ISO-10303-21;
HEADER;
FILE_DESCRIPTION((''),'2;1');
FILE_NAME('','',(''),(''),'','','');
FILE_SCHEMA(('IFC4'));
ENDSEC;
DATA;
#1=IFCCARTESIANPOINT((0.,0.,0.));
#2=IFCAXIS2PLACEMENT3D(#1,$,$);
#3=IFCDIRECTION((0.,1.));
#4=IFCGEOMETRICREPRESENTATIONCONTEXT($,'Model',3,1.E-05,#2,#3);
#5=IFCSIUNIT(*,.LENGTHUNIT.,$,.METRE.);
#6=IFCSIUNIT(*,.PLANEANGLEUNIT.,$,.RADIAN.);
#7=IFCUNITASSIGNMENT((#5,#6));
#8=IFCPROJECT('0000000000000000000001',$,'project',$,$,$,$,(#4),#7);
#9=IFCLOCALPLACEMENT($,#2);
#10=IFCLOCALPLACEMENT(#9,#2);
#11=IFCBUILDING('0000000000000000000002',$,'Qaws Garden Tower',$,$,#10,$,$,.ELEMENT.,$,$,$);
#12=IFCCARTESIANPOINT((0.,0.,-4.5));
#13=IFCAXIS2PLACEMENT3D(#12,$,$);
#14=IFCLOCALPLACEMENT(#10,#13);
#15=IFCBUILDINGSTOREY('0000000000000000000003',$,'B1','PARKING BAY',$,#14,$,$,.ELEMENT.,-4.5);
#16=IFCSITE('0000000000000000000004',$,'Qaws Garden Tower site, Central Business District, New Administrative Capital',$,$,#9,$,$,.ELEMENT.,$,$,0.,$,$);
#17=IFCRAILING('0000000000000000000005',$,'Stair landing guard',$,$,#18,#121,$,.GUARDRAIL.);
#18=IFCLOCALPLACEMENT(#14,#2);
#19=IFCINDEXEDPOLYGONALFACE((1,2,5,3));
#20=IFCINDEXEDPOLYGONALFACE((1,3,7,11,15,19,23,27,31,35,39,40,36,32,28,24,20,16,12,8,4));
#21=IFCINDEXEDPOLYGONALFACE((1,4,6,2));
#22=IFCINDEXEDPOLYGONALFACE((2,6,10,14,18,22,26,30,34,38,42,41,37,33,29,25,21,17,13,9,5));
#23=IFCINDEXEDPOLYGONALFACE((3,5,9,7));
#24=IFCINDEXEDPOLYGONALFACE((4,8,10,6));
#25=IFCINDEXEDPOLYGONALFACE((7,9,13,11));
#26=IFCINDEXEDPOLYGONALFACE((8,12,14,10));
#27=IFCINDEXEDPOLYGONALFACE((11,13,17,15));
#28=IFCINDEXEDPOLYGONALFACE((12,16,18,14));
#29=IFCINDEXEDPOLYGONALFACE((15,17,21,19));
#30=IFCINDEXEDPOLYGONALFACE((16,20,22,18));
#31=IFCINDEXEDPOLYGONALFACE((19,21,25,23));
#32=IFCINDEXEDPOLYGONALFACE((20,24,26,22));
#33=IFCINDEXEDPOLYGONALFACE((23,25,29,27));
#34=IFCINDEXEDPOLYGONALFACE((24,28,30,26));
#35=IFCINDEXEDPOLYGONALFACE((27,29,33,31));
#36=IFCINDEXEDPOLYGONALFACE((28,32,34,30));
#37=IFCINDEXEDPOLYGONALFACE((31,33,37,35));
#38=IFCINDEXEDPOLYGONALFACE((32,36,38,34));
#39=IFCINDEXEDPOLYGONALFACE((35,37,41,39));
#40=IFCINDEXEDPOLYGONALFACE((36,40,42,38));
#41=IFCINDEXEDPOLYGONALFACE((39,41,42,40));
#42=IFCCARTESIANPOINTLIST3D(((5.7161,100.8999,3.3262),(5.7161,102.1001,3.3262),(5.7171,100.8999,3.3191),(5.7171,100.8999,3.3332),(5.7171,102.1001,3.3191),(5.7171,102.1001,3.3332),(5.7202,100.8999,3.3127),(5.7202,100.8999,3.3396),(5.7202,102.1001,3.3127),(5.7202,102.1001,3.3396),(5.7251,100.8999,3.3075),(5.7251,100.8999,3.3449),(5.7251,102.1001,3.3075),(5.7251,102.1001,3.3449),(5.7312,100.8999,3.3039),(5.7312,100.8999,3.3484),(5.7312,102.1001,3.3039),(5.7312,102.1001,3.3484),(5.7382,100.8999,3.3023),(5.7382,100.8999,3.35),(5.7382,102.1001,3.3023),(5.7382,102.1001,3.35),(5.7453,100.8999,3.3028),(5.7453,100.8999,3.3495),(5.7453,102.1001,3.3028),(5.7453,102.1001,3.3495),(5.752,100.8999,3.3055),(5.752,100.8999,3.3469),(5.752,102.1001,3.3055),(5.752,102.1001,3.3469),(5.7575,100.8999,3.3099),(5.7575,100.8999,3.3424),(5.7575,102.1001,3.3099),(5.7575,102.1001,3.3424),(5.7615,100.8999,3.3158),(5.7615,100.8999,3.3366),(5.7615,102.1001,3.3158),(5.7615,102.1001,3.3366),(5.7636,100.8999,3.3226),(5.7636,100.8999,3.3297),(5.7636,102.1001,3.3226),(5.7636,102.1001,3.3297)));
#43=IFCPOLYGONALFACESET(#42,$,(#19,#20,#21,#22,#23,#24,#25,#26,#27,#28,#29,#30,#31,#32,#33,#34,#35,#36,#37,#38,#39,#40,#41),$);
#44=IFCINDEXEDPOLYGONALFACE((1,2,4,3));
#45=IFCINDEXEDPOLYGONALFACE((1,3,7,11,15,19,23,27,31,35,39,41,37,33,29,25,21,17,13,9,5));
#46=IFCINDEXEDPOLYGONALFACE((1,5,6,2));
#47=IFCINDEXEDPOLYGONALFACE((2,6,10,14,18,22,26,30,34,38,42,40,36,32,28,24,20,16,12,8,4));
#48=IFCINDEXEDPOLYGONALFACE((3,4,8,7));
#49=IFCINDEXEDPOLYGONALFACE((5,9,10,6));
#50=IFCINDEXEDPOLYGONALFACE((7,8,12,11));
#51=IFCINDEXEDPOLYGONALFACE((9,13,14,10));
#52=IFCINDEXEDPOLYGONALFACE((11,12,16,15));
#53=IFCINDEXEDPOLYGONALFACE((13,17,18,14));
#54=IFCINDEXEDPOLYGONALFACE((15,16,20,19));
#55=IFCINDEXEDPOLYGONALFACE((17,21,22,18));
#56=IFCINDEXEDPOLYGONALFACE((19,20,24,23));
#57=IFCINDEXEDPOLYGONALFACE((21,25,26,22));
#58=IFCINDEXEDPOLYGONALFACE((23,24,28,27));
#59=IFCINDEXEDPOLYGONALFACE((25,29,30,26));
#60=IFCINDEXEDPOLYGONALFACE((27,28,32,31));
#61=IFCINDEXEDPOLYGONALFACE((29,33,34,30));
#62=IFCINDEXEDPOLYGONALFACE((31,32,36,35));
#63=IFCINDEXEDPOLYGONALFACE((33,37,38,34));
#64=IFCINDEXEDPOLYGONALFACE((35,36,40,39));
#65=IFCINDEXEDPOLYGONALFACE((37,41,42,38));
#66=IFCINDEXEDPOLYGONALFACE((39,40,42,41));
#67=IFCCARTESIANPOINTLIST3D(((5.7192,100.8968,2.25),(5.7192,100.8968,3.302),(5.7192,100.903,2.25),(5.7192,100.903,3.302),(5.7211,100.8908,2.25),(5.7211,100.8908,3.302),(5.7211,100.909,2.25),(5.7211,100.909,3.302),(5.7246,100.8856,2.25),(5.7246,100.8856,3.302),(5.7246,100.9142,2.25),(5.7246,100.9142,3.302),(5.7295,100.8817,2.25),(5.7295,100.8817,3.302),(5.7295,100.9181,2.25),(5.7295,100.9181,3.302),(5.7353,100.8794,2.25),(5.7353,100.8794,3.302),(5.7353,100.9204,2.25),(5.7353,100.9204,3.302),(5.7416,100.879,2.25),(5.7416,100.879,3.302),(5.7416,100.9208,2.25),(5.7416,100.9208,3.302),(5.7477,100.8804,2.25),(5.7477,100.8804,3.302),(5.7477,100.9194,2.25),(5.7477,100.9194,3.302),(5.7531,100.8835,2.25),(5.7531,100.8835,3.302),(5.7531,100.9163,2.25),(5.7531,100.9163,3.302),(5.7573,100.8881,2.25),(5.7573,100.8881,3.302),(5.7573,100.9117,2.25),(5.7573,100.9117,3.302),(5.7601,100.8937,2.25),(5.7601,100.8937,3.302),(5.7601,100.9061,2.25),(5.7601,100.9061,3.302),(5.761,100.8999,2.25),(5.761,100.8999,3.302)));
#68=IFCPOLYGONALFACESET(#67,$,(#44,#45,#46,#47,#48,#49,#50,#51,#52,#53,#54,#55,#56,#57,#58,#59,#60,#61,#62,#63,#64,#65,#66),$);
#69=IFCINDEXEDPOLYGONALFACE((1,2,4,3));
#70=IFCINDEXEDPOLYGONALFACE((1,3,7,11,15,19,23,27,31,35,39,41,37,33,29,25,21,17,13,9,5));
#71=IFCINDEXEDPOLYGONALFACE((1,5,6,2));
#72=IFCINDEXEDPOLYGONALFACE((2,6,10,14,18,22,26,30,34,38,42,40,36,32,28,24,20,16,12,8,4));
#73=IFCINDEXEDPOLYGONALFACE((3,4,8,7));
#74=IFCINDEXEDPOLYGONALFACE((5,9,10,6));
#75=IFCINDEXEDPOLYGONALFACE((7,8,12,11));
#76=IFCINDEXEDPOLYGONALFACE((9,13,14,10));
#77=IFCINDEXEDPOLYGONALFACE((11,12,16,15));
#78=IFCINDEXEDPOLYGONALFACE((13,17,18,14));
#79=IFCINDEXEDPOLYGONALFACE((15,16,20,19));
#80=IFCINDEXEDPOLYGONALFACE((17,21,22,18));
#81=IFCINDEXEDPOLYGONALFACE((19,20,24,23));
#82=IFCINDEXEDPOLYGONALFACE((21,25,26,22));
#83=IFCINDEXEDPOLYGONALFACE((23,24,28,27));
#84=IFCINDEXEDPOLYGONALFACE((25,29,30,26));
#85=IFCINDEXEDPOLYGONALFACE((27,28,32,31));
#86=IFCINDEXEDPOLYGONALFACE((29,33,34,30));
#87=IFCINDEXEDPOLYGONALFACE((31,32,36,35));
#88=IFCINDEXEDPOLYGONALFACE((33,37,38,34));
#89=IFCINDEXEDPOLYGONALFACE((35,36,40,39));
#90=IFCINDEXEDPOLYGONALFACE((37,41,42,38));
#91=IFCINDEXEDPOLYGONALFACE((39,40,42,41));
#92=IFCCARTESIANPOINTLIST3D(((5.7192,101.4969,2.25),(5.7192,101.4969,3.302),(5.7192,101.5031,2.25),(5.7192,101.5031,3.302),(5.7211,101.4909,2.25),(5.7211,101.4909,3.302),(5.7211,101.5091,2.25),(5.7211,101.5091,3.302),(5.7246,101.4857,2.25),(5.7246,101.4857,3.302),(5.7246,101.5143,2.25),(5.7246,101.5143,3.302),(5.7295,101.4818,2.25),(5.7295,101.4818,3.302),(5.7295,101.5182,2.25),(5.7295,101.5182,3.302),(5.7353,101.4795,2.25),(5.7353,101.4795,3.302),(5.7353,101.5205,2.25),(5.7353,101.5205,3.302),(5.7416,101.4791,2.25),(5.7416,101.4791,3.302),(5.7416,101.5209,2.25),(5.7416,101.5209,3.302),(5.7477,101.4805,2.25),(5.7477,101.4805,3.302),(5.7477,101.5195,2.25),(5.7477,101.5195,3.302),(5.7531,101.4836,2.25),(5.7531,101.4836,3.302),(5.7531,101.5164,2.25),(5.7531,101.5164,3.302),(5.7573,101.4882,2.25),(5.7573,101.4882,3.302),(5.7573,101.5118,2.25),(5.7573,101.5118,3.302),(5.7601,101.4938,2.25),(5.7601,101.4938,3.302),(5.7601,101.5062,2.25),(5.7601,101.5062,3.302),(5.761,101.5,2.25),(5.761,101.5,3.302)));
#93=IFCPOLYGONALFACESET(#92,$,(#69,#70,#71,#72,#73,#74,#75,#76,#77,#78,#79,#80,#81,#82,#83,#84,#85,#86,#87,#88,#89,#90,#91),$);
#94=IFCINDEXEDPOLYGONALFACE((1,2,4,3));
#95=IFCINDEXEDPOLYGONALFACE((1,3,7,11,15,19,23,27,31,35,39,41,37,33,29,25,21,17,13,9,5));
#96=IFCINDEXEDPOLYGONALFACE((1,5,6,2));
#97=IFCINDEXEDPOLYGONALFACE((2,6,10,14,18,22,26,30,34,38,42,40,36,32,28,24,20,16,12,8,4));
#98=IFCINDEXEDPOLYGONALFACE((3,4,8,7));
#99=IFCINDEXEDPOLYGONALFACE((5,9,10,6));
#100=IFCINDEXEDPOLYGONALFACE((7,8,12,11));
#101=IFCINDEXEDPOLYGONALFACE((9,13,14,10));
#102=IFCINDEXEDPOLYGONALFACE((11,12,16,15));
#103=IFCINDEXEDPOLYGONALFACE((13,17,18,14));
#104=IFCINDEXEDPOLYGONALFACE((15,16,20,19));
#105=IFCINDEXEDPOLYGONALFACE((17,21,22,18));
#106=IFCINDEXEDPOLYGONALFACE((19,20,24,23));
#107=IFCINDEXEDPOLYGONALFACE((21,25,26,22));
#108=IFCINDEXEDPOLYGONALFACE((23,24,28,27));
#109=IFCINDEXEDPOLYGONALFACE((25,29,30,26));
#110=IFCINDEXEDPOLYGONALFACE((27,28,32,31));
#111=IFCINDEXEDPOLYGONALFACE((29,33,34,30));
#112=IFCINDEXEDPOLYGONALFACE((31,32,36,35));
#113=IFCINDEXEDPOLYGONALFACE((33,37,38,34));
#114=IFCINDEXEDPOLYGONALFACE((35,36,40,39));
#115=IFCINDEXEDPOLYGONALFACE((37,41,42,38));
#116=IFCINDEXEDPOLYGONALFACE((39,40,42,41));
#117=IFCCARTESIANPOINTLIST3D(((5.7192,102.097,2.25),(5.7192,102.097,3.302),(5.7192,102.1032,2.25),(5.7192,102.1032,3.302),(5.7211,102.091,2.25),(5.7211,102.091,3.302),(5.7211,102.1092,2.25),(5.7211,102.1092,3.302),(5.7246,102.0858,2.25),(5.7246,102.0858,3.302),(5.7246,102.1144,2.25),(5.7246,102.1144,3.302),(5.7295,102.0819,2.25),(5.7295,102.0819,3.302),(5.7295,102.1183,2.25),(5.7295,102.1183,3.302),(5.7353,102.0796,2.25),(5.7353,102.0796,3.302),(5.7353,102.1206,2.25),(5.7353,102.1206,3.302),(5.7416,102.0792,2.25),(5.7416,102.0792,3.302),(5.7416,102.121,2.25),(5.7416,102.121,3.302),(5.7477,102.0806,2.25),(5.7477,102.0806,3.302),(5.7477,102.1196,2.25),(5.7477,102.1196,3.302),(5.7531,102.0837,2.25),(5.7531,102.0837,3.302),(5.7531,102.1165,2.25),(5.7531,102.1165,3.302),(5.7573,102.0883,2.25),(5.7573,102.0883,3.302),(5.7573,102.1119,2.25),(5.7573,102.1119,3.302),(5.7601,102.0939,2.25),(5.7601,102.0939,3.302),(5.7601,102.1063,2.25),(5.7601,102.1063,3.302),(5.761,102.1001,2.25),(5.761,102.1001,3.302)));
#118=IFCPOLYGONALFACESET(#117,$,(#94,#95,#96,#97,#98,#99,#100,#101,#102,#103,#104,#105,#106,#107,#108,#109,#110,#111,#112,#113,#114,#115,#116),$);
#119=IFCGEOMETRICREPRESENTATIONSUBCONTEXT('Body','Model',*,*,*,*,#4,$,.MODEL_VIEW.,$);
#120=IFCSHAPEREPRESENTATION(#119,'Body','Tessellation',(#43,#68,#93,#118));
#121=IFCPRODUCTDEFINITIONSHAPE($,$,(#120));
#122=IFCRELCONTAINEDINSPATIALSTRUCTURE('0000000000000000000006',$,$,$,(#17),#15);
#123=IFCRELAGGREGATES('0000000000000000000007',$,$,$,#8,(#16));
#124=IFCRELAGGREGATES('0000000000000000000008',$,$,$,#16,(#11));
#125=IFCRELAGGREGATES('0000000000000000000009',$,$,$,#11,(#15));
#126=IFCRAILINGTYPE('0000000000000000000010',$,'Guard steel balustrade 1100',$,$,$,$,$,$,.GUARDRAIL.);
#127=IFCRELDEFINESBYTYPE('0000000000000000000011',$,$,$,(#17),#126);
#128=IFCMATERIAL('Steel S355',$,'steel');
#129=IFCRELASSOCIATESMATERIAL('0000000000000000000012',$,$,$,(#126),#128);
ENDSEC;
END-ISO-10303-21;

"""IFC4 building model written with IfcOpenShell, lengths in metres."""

from ifc_helpers import new_model, si_unit, direction, frame, origin, origin_2d, place, context, subcontext, project, spatial, circle, extrude, material, type_object, element, save


model = new_model("IFC4")

# Units and contexts
model_context = context("Model", 3, precision=1e-05, world=origin(), true_north=direction((0.0, 1.0)))
body_context = subcontext(model_context, "Body", "Model", "MODEL_VIEW")
ifc_project = project(units=[si_unit("LENGTHUNIT", "METRE"), si_unit("PLANEANGLEUNIT", "RADIAN")], contexts=[model_context])

# Site, building, storey
site_placement = place(None, origin())
site = spatial("IfcSite", under=ifc_project, at=site_placement, Name="Qaws Garden Tower site, Central Business District, New Administrative Capital", CompositionType="ELEMENT", RefElevation=0.0)
building_placement = place(site_placement, origin())
building = spatial("IfcBuilding", under=site, at=building_placement, Name="Qaws Garden Tower", CompositionType="ELEMENT")
storey_placement = place(building_placement, frame((0.0, 0.0, -4.5)))
storey = spatial("IfcBuildingStorey", under=building, at=storey_placement, Name="B1", Description="PARKING BAY", CompositionType="ELEMENT", Elevation=-4.5)

# Railing
ifc_material_1 = material(Name="Steel S355", Category="steel")
railing_type_1 = type_object("IfcRailingType", Name="Guard steel balustrade 1100", PredefinedType="GUARDRAIL", material=ifc_material_1)
railing_1_placement = place(storey_placement, frame((5.74, 100.8999, 2.25)))
element("IfcRailing", 1, at=railing_1_placement, inside=storey, type_object=railing_type_1, Name="Stair landing guard", PredefinedType="GUARDRAIL", context=body_context, shape_type="SweptSolid", body=[
    extrude(circle(Radius=0.0239, at=origin_2d()), frame((0.0, 0.0, 1.0762), z_axis=(0.0, 1.0, 0.0), x_axis=(-1.0, 0.0, 0.0)), (0.0, 0.0, 1.0), 1.2002),
    extrude(circle(Radius=0.021, at=origin_2d()), origin(), (0.0, 0.0, 1.0), 1.052),
    extrude(circle(Radius=0.021, at=origin_2d()), frame((0.0, 0.6001, 0.0)), (0.0, 0.0, 1.0), 1.052),
    extrude(circle(Radius=0.021, at=origin_2d()), frame((0.0, 1.2002, 0.0)), (0.0, 0.0, 1.0), 1.052),
])

save(model, "model.ifc")
